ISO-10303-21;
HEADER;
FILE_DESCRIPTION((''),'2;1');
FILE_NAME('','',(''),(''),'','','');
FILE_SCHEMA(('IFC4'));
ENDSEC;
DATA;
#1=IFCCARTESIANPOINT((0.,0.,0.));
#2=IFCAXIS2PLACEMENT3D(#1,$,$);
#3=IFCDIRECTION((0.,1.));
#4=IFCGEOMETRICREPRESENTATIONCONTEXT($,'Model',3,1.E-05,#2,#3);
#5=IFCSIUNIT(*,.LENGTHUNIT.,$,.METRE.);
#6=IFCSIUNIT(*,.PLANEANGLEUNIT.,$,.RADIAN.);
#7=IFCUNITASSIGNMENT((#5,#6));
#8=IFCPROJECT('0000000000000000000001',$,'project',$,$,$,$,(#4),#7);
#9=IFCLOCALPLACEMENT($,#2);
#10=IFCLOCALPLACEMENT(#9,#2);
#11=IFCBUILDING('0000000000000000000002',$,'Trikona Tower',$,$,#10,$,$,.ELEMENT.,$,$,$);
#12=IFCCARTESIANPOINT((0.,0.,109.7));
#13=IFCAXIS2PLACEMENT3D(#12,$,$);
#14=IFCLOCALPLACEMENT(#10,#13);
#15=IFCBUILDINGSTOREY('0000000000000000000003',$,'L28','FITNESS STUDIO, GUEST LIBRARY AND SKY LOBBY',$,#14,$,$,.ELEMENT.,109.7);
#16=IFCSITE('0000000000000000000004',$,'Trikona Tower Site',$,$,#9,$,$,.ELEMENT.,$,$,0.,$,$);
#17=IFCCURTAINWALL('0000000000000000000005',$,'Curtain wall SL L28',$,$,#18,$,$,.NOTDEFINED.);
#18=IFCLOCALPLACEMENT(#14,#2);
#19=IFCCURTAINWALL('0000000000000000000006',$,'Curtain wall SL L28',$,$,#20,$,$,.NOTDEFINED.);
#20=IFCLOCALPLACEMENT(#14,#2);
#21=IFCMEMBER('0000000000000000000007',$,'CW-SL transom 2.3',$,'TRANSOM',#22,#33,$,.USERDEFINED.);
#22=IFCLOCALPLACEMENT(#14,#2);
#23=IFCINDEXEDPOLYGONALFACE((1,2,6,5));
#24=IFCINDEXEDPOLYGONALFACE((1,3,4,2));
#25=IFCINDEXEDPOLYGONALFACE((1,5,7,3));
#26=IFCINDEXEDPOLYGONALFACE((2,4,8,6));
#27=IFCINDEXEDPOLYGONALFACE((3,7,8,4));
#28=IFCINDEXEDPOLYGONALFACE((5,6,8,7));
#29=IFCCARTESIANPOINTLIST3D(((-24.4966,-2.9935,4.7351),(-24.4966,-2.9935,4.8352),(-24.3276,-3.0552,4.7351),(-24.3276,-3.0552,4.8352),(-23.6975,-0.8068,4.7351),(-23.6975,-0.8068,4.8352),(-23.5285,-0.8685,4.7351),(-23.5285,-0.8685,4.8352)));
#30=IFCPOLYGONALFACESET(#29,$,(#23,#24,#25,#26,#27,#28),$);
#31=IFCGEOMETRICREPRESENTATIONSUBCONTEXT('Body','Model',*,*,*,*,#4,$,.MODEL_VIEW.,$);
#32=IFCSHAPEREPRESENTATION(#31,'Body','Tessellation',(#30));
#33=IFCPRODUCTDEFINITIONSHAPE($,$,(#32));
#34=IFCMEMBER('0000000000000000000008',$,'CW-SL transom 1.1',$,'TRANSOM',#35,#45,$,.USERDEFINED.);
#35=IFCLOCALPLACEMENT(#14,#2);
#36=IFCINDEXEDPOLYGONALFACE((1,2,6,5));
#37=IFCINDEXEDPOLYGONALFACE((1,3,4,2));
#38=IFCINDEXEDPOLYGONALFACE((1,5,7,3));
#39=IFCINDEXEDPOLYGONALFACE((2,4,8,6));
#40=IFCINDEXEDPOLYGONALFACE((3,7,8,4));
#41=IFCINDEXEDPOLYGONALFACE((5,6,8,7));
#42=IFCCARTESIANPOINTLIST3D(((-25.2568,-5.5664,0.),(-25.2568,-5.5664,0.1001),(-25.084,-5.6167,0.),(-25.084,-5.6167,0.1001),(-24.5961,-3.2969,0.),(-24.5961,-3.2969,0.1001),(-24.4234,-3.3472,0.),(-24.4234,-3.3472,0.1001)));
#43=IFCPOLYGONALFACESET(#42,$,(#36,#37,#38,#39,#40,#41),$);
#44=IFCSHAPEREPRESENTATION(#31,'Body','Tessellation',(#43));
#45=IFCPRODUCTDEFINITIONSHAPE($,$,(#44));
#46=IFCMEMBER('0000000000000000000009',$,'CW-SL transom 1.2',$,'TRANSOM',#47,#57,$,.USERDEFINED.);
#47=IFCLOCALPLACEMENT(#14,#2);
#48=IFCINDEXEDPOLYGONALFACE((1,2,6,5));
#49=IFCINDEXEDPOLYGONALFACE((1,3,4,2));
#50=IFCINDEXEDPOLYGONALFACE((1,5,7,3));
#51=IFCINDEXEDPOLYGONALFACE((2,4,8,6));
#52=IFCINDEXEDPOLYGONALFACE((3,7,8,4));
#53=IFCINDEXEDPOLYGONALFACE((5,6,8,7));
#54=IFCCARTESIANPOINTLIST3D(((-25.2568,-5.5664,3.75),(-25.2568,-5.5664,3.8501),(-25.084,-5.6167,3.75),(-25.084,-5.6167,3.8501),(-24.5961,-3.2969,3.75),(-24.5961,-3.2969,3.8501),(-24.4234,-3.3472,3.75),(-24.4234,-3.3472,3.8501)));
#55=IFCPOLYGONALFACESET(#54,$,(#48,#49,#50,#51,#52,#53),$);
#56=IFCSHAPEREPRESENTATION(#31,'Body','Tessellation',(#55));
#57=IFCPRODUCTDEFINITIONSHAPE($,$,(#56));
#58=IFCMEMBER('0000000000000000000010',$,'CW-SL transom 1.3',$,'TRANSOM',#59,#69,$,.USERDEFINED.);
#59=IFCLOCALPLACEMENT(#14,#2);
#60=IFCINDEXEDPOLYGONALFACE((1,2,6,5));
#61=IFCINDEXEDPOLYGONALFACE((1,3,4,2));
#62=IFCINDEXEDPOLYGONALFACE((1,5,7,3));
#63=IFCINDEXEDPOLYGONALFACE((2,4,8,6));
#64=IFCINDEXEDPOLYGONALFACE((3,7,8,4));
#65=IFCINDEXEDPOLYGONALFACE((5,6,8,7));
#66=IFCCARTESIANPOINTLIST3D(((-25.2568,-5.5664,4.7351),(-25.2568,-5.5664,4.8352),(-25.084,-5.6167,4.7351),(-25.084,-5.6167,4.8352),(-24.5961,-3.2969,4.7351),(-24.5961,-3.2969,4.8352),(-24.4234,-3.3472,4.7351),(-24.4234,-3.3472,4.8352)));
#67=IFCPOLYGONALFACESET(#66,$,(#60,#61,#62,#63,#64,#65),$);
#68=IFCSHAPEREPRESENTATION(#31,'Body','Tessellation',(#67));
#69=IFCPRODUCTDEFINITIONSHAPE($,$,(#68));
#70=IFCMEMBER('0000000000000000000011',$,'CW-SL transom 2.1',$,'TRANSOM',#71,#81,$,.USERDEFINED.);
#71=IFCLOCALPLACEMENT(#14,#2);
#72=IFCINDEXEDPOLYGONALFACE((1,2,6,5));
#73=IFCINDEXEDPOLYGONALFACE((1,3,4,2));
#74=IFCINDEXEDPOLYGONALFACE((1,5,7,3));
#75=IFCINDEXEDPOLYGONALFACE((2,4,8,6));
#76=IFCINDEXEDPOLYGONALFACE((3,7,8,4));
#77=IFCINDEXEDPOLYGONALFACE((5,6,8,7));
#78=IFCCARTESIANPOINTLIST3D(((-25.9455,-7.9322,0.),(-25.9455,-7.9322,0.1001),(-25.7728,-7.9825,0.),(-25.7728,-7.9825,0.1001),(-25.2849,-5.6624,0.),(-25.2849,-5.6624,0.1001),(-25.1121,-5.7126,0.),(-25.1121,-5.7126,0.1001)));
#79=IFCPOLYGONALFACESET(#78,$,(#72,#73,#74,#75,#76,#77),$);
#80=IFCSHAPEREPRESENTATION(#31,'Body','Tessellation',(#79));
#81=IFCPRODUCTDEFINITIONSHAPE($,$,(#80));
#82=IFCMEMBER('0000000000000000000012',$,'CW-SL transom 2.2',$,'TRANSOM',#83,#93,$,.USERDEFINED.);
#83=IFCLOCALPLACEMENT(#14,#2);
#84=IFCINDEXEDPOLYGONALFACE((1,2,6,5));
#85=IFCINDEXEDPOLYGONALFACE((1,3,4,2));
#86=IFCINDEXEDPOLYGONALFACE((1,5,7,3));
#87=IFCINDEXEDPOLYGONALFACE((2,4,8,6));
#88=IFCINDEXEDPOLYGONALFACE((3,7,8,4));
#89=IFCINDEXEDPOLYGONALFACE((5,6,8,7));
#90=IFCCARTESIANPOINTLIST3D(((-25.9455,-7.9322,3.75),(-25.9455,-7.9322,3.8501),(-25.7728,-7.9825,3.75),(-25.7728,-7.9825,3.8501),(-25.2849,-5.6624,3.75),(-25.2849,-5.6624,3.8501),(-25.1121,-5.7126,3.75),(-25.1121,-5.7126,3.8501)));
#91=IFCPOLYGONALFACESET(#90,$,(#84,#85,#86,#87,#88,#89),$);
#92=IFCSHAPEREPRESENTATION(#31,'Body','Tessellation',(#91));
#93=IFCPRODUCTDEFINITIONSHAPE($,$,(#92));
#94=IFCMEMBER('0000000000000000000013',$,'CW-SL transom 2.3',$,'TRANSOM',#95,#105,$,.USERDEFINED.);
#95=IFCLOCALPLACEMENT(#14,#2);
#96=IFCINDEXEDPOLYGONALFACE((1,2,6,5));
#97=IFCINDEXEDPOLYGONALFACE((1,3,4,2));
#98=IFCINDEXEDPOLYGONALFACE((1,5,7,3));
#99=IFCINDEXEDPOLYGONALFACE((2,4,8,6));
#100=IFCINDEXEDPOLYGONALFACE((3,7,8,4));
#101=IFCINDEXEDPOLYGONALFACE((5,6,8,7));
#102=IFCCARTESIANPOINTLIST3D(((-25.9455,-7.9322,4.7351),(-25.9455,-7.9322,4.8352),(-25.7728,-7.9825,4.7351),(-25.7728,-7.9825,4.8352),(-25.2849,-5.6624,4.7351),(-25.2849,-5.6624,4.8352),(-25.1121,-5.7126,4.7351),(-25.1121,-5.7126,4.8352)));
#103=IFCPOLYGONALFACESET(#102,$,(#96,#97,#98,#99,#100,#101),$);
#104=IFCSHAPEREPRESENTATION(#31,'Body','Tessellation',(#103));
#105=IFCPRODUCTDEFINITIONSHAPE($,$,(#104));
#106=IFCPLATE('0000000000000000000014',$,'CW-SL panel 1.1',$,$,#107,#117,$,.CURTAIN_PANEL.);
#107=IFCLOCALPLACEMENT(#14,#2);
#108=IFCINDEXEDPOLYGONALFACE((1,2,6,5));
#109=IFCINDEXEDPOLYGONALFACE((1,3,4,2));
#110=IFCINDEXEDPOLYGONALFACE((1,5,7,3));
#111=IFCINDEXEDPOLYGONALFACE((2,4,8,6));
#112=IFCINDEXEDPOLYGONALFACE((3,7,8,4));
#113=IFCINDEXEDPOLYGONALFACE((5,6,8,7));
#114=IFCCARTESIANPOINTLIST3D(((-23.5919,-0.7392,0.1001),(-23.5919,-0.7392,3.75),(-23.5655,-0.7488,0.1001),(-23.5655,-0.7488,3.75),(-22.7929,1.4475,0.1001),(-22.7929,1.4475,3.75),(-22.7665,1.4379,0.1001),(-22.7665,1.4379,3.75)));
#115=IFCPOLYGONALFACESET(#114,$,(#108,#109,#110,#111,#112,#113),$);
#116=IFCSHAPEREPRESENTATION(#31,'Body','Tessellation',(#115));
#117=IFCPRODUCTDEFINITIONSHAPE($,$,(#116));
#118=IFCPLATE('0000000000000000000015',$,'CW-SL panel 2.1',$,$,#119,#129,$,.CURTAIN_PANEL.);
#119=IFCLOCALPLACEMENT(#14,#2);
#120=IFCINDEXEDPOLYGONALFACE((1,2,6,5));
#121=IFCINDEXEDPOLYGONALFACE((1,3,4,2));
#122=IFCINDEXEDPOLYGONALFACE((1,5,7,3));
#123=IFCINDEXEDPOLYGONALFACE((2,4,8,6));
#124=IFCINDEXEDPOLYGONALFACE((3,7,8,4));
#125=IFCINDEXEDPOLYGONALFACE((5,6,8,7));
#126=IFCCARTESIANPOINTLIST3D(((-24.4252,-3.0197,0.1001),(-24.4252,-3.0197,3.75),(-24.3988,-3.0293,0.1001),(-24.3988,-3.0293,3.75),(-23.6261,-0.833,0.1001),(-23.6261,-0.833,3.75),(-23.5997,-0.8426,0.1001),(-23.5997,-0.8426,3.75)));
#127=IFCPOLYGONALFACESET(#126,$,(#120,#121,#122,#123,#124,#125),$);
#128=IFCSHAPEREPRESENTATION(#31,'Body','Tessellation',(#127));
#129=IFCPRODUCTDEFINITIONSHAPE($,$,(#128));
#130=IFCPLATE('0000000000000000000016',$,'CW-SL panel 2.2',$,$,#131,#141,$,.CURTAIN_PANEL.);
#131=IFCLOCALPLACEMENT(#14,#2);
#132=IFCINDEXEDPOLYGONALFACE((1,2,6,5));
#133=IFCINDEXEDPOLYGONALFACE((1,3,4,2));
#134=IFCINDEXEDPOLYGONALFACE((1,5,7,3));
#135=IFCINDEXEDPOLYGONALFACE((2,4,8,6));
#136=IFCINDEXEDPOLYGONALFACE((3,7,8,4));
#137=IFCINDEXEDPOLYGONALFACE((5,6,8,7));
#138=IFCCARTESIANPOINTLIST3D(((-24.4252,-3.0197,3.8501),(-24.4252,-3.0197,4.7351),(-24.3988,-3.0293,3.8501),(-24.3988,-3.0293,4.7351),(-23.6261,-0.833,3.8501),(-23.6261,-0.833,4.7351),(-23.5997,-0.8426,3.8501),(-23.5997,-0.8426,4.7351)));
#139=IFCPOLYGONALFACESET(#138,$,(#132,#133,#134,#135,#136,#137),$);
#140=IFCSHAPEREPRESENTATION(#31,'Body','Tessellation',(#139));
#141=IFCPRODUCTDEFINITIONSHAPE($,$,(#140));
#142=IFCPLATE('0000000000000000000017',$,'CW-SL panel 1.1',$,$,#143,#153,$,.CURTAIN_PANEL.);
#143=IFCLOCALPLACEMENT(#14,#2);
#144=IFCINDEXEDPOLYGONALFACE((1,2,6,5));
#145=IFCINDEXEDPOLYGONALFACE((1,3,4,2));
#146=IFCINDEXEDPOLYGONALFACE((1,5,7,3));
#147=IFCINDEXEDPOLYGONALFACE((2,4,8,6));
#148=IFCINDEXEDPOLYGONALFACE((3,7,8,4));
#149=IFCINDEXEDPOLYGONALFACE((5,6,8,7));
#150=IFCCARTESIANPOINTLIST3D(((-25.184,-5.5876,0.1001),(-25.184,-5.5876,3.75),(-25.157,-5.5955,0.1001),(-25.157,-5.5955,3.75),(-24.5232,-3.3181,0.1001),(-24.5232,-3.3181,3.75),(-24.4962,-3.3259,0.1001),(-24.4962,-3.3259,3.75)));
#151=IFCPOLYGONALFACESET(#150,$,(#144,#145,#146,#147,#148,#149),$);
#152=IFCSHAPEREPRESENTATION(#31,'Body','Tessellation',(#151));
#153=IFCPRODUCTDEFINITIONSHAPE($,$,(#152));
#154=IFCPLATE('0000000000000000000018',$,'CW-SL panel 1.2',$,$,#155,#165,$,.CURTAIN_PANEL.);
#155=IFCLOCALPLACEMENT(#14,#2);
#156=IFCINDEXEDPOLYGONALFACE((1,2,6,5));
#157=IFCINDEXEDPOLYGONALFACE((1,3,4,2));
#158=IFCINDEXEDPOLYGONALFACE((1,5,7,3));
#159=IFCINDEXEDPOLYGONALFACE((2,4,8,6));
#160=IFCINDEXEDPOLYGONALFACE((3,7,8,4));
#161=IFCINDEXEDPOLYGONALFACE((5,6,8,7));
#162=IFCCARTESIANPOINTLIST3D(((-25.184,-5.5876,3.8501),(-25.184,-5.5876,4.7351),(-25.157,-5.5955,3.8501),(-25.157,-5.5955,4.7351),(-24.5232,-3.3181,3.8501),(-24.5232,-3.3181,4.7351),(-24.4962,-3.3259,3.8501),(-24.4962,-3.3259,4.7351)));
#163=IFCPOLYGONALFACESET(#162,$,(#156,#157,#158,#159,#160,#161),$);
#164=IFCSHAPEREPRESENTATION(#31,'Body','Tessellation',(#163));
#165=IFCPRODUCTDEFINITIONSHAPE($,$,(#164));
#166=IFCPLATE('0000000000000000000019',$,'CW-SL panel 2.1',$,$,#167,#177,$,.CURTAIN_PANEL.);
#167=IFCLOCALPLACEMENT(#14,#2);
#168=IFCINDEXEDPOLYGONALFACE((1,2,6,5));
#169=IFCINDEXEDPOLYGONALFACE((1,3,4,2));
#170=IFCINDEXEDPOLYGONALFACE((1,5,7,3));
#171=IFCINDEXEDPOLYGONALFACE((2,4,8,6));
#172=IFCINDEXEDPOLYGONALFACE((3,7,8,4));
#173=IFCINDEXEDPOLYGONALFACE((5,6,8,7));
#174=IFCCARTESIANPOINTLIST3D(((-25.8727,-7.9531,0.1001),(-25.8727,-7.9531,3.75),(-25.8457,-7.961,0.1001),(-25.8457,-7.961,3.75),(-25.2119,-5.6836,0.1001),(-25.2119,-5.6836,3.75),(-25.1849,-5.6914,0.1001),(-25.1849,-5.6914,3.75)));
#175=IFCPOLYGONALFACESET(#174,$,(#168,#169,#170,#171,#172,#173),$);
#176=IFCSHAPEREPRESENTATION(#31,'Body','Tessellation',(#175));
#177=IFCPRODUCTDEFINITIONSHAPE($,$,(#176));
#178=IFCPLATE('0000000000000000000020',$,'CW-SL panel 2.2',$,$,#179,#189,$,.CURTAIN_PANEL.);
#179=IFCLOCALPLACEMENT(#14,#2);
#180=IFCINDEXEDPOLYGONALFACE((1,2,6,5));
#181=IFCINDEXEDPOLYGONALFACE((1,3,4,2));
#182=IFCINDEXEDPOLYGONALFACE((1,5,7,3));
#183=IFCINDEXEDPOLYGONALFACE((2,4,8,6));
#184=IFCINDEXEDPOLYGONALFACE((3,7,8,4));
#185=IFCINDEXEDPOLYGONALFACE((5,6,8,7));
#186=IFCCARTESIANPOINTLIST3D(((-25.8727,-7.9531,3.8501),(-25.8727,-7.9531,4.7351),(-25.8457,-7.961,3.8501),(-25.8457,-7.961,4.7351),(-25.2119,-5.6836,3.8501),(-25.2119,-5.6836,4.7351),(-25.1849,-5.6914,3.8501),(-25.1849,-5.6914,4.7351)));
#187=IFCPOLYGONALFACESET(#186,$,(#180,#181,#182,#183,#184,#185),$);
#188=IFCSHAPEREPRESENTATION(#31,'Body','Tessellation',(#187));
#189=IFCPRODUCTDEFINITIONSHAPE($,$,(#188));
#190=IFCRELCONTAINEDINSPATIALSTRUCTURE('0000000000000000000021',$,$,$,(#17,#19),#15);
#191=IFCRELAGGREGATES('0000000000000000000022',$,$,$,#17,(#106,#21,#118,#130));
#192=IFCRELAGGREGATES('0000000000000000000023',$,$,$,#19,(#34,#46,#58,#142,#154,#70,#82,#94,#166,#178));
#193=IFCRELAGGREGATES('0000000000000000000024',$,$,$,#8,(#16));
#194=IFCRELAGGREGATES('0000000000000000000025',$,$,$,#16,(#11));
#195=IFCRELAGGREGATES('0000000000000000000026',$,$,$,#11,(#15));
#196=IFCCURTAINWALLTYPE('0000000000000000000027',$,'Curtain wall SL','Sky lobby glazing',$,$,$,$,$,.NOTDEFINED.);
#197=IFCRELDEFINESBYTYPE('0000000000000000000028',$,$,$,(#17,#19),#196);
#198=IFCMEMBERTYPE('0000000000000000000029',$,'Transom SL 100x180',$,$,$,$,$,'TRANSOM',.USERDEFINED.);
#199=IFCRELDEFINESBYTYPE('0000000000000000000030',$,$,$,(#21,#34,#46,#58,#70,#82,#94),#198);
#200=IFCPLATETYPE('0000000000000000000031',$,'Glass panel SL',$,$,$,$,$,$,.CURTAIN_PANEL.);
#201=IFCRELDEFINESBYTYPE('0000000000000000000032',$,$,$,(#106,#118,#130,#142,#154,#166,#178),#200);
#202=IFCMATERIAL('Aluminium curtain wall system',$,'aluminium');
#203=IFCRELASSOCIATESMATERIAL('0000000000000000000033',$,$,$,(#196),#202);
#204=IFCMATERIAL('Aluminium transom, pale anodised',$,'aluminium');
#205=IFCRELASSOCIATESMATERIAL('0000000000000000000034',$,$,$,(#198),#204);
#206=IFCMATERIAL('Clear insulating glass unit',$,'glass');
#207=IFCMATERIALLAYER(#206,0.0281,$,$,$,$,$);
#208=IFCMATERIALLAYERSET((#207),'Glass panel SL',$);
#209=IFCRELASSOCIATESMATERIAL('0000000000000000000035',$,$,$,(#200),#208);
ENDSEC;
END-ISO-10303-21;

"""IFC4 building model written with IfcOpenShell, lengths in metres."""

from ifc_helpers import new_model, si_unit, direction, frame, origin, origin_2d, place, context, subcontext, project, spatial, rectangle, extrude, material, layer, layer_set, material_profile, profile_set, type_object, element, aggregate, save


model = new_model("IFC4")

# Units and contexts
model_context = context("Model", 3, precision=1e-05, world=origin(), true_north=direction((0.0, 1.0)))
body_context = subcontext(model_context, "Body", "Model", "MODEL_VIEW")
ifc_project = project(units=[si_unit("LENGTHUNIT", "METRE"), si_unit("PLANEANGLEUNIT", "RADIAN")], contexts=[model_context])

# Site, building, storey
site_placement = place(None, origin())
site = spatial("IfcSite", under=ifc_project, at=site_placement, Name="Trikona Tower Site", CompositionType="ELEMENT", RefElevation=0.0)
building_placement = place(site_placement, origin())
building = spatial("IfcBuilding", under=site, at=building_placement, Name="Trikona Tower", CompositionType="ELEMENT")
storey_placement = place(building_placement, frame((0.0, 0.0, 109.7)))
storey = spatial("IfcBuildingStorey", under=building, at=storey_placement, Name="L28", Description="FITNESS STUDIO, GUEST LIBRARY AND SKY LOBBY", CompositionType="ELEMENT", Elevation=109.7)

# Curtain walls
ifc_material_1 = material(Name="Aluminium curtain wall system", Category="aluminium")
curtain_wall_type = type_object("IfcCurtainWallType", Name="Curtain wall SL", Description="Sky lobby glazing", PredefinedType="NOTDEFINED", material=ifc_material_1)
curtain_wall_1_placement = place(storey_placement, origin())
curtain_wall_1 = element("IfcCurtainWall", 1, at=curtain_wall_1_placement, inside=storey, type_object=curtain_wall_type, Name="Curtain wall SL L28", PredefinedType="NOTDEFINED")
curtain_wall_2_placement = place(storey_placement, origin())
curtain_wall_2 = element("IfcCurtainWall", 2, at=curtain_wall_2_placement, inside=storey, type_object=curtain_wall_type, Name="Curtain wall SL L28", PredefinedType="NOTDEFINED")

# Members
ifc_material_2 = material(Name="Aluminium transom, pale anodised", Category="aluminium")
ifc_material_profile_1 = material_profile(ifc_material_2, rectangle(XDim=0.1799, YDim=0.1001, at=origin_2d()), Name="TRN-SL")
ifc_profile_set_1 = profile_set([ifc_material_profile_1], Name="Aluminium transom, pale anodised")
member_type_1 = type_object("IfcMemberType", Name="Transom SL 100x180", ElementType="TRANSOM", PredefinedType="USERDEFINED", material=ifc_profile_set_1)
member_1_placement = place(storey_placement, frame((-23.613, -0.8376, 4.7852), z_axis=(-0.343216, -0.939256, 0.0), x_axis=(0.939256, -0.343216, 0.0)))
member_1 = element("IfcMember", 3, at=member_1_placement, type_object=member_type_1, Name="CW-SL transom 2.3", ObjectType="TRANSOM", PredefinedType="USERDEFINED", context=body_context, shape_type="SweptSolid", body=[
    extrude(rectangle(XDim=0.1799, YDim=0.1001, at=origin_2d()), origin(), (0.0, 0.0, 1.0), 2.3281),
])
member_2_placement = place(storey_placement, frame((-24.5098, -3.322, 0.05), z_axis=(-0.279492, -0.960148, 0.0), x_axis=(0.960148, -0.279492, 0.0)))
member_2 = element("IfcMember", 4, at=member_2_placement, type_object=member_type_1, Name="CW-SL transom 1.1", ObjectType="TRANSOM", PredefinedType="USERDEFINED", context=body_context, shape_type="SweptSolid", body=[
    extrude(rectangle(XDim=0.1799, YDim=0.1001, at=origin_2d()), origin(), (0.0, 0.0, 1.0), 2.3638),
])
member_3_placement = place(storey_placement, frame((-24.5098, -3.322, 3.8), z_axis=(-0.279492, -0.960148, 0.0), x_axis=(0.960148, -0.279492, 0.0)))
member_3 = element("IfcMember", 5, at=member_3_placement, type_object=member_type_1, Name="CW-SL transom 1.2", ObjectType="TRANSOM", PredefinedType="USERDEFINED", context=body_context, shape_type="SweptSolid", body=[
    extrude(rectangle(XDim=0.1799, YDim=0.1001, at=origin_2d()), origin(), (0.0, 0.0, 1.0), 2.3638),
])
member_4_placement = place(storey_placement, frame((-24.5098, -3.322, 4.7852), z_axis=(-0.279492, -0.960148, 0.0), x_axis=(0.960148, -0.279492, 0.0)))
member_4 = element("IfcMember", 6, at=member_4_placement, type_object=member_type_1, Name="CW-SL transom 1.3", ObjectType="TRANSOM", PredefinedType="USERDEFINED", context=body_context, shape_type="SweptSolid", body=[
    extrude(rectangle(XDim=0.1799, YDim=0.1001, at=origin_2d()), origin(), (0.0, 0.0, 1.0), 2.3638),
])
member_5_placement = place(storey_placement, frame((-25.1985, -5.6875, 0.05), z_axis=(-0.279465, -0.960156, 0.0), x_axis=(0.960156, -0.279465, 0.0)))
member_5 = element("IfcMember", 7, at=member_5_placement, type_object=member_type_1, Name="CW-SL transom 2.1", ObjectType="TRANSOM", PredefinedType="USERDEFINED", context=body_context, shape_type="SweptSolid", body=[
    extrude(rectangle(XDim=0.1799, YDim=0.1001, at=origin_2d()), origin(), (0.0, 0.0, 1.0), 2.364),
])
member_6_placement = place(storey_placement, frame((-25.1985, -5.6875, 3.8), z_axis=(-0.279465, -0.960156, 0.0), x_axis=(0.960156, -0.279465, 0.0)))
member_6 = element("IfcMember", 8, at=member_6_placement, type_object=member_type_1, Name="CW-SL transom 2.2", ObjectType="TRANSOM", PredefinedType="USERDEFINED", context=body_context, shape_type="SweptSolid", body=[
    extrude(rectangle(XDim=0.1799, YDim=0.1001, at=origin_2d()), origin(), (0.0, 0.0, 1.0), 2.364),
])
member_7_placement = place(storey_placement, frame((-25.1985, -5.6875, 4.7852), z_axis=(-0.279465, -0.960156, 0.0), x_axis=(0.960156, -0.279465, 0.0)))
member_7 = element("IfcMember", 9, at=member_7_placement, type_object=member_type_1, Name="CW-SL transom 2.3", ObjectType="TRANSOM", PredefinedType="USERDEFINED", context=body_context, shape_type="SweptSolid", body=[
    extrude(rectangle(XDim=0.1799, YDim=0.1001, at=origin_2d()), origin(), (0.0, 0.0, 1.0), 2.364),
])

# Plates
ifc_material_3 = material(Name="Clear insulating glass unit", Category="glass")
ifc_layer_1 = layer(ifc_material_3, 0.0281)
ifc_layer_set_1 = layer_set([ifc_layer_1], Name="Glass panel SL")
plate_type = type_object("IfcPlateType", Name="Glass panel SL", PredefinedType="CURTAIN_PANEL", material=ifc_layer_set_1)
plate_1_placement = place(storey_placement, frame((-23.1792, 0.3494, 0.1001), z_axis=(0.0, 0.0, 1.0), x_axis=(-0.343217, -0.939256, 0.0)))
plate_1 = element("IfcPlate", 10, at=plate_1_placement, type_object=plate_type, Name="CW-SL panel 1.1", PredefinedType="CURTAIN_PANEL", context=body_context, shape_type="SweptSolid", body=[
    extrude(rectangle(XDim=2.3281, YDim=0.0281, at=origin_2d()), origin(), (0.0, 0.0, 1.0), 3.6499),
])
plate_2_placement = place(storey_placement, frame((-24.0125, -1.9312, 0.1001), z_axis=(0.0, 0.0, 1.0), x_axis=(-0.343217, -0.939256, 0.0)))
plate_2 = element("IfcPlate", 11, at=plate_2_placement, type_object=plate_type, Name="CW-SL panel 2.1", PredefinedType="CURTAIN_PANEL", context=body_context, shape_type="SweptSolid", body=[
    extrude(rectangle(XDim=2.3281, YDim=0.0281, at=origin_2d()), origin(), (0.0, 0.0, 1.0), 3.6499),
])
plate_3_placement = place(storey_placement, frame((-24.0125, -1.9312, 3.8501), z_axis=(0.0, 0.0, 1.0), x_axis=(-0.343217, -0.939256, 0.0)))
plate_3 = element("IfcPlate", 12, at=plate_3_placement, type_object=plate_type, Name="CW-SL panel 2.2", PredefinedType="CURTAIN_PANEL", context=body_context, shape_type="SweptSolid", body=[
    extrude(rectangle(XDim=2.3281, YDim=0.0281, at=origin_2d()), origin(), (0.0, 0.0, 1.0), 0.885),
])
aggregate(curtain_wall_1, [plate_1, member_1, plate_2, plate_3])
plate_4_placement = place(storey_placement, frame((-24.8401, -4.4568, 0.1001), z_axis=(0.0, 0.0, 1.0), x_axis=(-0.279549, -0.960132, 0.0)))
plate_4 = element("IfcPlate", 13, at=plate_4_placement, type_object=plate_type, Name="CW-SL panel 1.1", PredefinedType="CURTAIN_PANEL", context=body_context, shape_type="SweptSolid", body=[
    extrude(rectangle(XDim=2.3638, YDim=0.0281, at=origin_2d()), origin(), (0.0, 0.0, 1.0), 3.6499),
])
plate_5_placement = place(storey_placement, frame((-24.8401, -4.4568, 3.8501), z_axis=(0.0, 0.0, 1.0), x_axis=(-0.279549, -0.960132, 0.0)))
plate_5 = element("IfcPlate", 14, at=plate_5_placement, type_object=plate_type, Name="CW-SL panel 1.2", PredefinedType="CURTAIN_PANEL", context=body_context, shape_type="SweptSolid", body=[
    extrude(rectangle(XDim=2.3638, YDim=0.0281, at=origin_2d()), origin(), (0.0, 0.0, 1.0), 0.885),
])
plate_6_placement = place(storey_placement, frame((-25.5288, -6.8223, 0.1001), z_axis=(0.0, 0.0, 1.0), x_axis=(-0.279549, -0.960132, 0.0)))
plate_6 = element("IfcPlate", 15, at=plate_6_placement, type_object=plate_type, Name="CW-SL panel 2.1", PredefinedType="CURTAIN_PANEL", context=body_context, shape_type="SweptSolid", body=[
    extrude(rectangle(XDim=2.3638, YDim=0.0281, at=origin_2d()), origin(), (0.0, 0.0, 1.0), 3.6499),
])
plate_7_placement = place(storey_placement, frame((-25.5288, -6.8223, 3.8501), z_axis=(0.0, 0.0, 1.0), x_axis=(-0.279549, -0.960132, 0.0)))
plate_7 = element("IfcPlate", 16, at=plate_7_placement, type_object=plate_type, Name="CW-SL panel 2.2", PredefinedType="CURTAIN_PANEL", context=body_context, shape_type="SweptSolid", body=[
    extrude(rectangle(XDim=2.3638, YDim=0.0281, at=origin_2d()), origin(), (0.0, 0.0, 1.0), 0.885),
])
aggregate(curtain_wall_2, [member_2, member_3, member_4, plate_4, plate_5, member_5, member_6, member_7, plate_6, plate_7])

save(model, "model.ifc")
